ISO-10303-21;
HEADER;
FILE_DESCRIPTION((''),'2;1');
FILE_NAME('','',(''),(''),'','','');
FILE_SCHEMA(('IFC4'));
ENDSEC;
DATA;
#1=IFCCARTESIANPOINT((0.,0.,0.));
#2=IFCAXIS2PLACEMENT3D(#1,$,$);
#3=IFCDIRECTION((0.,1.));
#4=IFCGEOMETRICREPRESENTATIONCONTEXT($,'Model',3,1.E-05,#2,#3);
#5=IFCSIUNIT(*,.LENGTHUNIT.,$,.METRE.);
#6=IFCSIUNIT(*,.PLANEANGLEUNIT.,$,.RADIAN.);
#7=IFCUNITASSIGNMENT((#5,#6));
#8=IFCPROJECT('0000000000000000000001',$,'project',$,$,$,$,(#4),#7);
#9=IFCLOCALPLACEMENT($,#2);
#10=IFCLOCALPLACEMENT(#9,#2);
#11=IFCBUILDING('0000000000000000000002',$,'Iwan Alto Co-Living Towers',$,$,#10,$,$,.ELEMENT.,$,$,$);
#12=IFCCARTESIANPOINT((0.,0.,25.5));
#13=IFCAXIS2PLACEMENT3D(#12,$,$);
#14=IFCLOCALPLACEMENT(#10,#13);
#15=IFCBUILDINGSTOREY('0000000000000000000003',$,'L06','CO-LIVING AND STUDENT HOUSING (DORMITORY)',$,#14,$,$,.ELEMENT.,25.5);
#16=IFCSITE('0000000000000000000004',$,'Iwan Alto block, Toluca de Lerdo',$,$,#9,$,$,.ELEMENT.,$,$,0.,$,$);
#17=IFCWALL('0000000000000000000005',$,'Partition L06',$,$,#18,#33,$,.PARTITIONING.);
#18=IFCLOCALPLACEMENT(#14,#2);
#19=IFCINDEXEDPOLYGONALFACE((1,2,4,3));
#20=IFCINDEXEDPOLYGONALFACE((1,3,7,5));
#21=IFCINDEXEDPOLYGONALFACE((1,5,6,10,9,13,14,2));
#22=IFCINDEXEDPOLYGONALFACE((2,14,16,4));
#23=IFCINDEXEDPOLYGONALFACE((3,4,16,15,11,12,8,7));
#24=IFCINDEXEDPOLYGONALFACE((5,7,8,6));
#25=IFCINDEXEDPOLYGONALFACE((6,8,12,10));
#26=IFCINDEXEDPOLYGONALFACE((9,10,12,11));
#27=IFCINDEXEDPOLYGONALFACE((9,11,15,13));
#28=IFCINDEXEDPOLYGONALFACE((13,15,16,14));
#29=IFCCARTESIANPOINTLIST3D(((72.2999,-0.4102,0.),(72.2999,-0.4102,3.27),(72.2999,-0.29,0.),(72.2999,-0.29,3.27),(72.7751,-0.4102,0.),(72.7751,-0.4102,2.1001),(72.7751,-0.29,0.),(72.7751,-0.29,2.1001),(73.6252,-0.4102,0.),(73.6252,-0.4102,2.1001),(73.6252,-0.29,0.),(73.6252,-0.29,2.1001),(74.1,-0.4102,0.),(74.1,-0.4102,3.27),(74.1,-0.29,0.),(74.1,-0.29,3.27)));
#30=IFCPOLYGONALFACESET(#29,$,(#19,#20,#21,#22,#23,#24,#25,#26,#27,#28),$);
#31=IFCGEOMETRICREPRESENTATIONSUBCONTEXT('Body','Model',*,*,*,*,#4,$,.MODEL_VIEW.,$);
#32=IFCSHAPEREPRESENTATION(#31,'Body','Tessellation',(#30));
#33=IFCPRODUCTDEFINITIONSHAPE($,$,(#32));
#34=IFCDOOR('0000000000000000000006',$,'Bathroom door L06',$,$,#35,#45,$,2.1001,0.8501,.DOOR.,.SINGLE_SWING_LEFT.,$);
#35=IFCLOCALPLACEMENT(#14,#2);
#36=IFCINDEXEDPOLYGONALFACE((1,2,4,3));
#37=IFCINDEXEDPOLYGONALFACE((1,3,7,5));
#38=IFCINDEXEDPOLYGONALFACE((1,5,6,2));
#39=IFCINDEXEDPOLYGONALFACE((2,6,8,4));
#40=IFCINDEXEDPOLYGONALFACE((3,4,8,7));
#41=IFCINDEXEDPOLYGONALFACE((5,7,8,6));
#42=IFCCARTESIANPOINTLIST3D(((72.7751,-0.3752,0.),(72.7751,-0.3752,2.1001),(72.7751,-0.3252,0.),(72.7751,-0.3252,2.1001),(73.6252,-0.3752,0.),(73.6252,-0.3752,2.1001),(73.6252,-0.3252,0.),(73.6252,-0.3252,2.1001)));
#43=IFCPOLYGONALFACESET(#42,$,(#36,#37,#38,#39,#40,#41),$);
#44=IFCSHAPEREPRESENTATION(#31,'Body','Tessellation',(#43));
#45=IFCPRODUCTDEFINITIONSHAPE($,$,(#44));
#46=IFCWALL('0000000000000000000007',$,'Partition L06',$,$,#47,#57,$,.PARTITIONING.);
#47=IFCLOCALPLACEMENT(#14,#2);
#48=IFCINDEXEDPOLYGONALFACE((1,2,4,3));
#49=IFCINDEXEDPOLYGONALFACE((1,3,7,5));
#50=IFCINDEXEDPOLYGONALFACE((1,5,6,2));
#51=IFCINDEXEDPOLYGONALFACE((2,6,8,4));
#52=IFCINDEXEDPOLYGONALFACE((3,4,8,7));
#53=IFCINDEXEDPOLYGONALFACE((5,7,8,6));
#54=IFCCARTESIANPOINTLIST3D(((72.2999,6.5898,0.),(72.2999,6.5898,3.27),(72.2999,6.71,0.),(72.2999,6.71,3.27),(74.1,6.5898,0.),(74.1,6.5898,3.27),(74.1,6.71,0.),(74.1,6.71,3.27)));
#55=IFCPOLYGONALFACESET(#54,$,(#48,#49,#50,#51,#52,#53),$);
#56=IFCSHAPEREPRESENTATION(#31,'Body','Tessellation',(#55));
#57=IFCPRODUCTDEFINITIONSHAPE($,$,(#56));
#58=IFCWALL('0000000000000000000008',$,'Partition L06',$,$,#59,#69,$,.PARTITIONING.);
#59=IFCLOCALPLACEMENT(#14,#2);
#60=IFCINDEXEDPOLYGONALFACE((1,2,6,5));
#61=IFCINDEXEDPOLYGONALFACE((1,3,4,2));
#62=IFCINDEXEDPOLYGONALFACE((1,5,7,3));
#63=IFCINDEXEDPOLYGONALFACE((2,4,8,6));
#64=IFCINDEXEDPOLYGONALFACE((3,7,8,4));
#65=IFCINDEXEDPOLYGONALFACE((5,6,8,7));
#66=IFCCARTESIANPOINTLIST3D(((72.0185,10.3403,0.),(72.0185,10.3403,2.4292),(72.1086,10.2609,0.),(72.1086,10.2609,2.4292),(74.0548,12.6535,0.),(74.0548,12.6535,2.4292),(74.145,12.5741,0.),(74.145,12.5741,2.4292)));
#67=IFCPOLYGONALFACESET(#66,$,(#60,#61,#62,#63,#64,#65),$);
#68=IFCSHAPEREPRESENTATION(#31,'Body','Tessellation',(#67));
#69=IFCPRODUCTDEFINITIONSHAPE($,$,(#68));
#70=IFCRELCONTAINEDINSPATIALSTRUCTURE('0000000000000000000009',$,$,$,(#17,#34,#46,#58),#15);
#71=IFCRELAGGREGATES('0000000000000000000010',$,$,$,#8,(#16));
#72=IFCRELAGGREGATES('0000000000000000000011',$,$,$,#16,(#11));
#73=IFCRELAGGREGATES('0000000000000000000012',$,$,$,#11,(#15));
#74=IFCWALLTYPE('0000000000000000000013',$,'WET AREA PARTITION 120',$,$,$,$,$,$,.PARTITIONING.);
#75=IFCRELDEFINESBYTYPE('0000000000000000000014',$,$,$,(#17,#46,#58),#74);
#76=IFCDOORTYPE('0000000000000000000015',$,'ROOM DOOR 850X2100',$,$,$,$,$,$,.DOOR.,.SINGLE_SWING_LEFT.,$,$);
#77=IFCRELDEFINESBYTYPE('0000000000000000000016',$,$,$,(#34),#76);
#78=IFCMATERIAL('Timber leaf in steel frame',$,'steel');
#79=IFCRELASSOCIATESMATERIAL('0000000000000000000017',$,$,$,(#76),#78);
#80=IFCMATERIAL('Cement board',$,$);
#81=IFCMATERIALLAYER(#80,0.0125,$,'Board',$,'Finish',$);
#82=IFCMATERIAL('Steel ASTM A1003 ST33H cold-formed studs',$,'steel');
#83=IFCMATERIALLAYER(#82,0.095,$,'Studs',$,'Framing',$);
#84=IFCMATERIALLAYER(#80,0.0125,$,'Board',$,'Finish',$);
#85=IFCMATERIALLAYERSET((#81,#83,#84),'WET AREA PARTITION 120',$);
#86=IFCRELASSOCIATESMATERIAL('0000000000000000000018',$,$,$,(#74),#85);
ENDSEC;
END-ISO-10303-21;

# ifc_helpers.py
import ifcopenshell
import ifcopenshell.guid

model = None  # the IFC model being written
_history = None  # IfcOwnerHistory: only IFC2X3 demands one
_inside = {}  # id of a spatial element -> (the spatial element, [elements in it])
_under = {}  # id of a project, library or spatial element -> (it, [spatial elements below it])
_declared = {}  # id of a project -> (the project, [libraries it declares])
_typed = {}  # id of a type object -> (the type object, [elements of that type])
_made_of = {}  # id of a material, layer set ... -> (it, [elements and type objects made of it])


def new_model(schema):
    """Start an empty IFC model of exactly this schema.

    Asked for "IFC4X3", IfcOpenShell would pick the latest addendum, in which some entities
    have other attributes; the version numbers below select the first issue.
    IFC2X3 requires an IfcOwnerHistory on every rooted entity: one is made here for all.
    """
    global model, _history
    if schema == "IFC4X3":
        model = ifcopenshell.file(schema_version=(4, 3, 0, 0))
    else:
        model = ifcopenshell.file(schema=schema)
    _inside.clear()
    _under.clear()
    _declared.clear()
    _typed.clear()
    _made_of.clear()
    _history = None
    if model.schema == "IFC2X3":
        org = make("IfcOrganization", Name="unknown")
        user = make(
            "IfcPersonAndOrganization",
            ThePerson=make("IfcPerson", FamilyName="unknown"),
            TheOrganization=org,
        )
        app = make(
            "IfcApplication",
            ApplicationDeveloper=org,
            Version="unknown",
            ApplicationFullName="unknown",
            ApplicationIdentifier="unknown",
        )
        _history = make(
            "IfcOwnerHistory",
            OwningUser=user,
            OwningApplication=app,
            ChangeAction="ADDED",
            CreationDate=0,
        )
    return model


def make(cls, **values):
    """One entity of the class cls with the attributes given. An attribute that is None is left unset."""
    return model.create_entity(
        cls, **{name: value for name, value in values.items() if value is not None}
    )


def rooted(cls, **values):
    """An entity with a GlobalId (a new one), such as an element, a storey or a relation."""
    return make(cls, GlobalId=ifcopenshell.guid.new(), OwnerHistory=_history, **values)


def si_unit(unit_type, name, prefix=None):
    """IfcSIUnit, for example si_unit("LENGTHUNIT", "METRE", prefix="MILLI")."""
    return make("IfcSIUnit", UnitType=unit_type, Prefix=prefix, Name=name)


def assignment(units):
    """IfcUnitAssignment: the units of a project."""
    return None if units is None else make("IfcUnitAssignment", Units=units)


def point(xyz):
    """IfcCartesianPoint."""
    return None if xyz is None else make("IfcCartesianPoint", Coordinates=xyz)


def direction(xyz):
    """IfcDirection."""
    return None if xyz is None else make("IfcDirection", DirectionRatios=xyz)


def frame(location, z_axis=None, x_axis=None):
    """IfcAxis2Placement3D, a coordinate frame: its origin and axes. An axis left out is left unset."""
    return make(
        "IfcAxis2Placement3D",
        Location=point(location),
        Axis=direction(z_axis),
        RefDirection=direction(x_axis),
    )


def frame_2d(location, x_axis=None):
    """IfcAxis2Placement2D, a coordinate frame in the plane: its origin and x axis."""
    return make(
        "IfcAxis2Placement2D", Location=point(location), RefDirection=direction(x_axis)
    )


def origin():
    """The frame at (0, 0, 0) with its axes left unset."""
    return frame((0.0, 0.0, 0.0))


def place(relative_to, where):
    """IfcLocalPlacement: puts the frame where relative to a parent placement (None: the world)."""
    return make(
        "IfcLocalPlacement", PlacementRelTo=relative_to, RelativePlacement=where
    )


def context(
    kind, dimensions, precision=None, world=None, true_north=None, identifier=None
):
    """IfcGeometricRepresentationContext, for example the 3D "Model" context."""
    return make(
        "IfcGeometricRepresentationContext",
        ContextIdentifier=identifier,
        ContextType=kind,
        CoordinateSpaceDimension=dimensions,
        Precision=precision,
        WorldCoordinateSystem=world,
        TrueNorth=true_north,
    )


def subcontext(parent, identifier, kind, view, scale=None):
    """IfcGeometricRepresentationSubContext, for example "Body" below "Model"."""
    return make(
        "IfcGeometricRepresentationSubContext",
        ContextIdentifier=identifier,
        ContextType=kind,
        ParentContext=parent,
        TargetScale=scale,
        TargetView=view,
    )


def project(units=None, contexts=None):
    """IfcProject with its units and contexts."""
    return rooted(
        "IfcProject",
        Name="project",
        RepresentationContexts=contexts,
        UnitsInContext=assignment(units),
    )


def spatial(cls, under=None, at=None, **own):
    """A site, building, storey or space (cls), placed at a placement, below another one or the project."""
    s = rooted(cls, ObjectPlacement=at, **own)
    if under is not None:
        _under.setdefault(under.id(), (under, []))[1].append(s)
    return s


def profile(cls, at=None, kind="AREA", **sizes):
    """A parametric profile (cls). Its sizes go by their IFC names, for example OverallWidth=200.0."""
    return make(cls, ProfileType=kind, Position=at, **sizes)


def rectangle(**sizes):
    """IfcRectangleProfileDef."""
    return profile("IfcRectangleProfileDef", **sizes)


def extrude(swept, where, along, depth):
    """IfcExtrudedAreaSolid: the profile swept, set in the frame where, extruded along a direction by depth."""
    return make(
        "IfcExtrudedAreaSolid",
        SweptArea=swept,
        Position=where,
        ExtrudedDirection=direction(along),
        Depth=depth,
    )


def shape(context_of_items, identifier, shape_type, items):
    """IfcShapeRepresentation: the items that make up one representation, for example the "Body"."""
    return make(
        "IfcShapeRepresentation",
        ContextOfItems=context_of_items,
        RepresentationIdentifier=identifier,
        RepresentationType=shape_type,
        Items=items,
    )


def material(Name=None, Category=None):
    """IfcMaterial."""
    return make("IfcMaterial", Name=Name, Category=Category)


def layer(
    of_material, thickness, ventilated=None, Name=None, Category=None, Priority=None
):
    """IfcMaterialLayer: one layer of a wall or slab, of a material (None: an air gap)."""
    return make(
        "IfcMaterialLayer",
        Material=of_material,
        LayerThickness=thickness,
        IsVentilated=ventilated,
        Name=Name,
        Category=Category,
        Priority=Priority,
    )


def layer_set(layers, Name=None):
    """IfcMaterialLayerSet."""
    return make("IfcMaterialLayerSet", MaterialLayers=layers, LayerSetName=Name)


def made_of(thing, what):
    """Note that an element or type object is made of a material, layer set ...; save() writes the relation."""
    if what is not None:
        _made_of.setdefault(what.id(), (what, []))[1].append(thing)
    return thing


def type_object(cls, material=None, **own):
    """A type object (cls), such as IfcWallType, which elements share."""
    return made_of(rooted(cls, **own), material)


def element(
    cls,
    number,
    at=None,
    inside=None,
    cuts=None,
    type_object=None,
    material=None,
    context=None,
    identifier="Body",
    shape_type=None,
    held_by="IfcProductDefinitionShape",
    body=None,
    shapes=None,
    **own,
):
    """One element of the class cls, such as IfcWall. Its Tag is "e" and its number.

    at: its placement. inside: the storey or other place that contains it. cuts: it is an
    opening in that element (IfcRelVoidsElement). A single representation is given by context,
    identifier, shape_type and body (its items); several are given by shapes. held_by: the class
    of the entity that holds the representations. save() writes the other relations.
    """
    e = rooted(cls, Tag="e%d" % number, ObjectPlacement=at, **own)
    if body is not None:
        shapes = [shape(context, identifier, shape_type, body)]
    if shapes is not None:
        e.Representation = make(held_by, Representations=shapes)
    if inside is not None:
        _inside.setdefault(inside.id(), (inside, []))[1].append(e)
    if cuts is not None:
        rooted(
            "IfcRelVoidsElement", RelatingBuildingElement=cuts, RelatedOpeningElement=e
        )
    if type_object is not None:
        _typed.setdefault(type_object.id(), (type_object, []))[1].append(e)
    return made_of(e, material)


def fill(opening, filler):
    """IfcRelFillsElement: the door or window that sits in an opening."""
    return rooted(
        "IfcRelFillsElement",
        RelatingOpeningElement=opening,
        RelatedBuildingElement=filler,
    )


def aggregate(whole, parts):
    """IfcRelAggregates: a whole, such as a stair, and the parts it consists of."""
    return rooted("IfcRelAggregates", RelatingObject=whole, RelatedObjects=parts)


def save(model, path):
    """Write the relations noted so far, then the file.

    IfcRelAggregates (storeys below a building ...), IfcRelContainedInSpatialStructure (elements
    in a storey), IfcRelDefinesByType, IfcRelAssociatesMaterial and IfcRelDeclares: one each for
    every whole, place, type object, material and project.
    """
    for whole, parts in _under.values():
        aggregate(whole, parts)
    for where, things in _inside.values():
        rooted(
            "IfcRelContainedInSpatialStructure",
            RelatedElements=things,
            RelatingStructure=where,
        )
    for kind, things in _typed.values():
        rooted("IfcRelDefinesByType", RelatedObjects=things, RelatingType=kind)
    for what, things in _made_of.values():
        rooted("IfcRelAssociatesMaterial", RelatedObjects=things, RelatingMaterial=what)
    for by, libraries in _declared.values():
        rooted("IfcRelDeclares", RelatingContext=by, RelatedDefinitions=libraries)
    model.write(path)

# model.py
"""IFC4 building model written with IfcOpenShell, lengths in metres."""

from ifc_helpers import new_model, si_unit, direction, frame, frame_2d, origin, place, context, subcontext, project, spatial, rectangle, extrude, material, layer, layer_set, type_object, element, fill, save


model = new_model("IFC4")

# Units and contexts
model_context = context("Model", 3, precision=1e-05, world=origin(), true_north=direction((0.0, 1.0)))
body_context = subcontext(model_context, "Body", "Model", "MODEL_VIEW")
ifc_project = project(units=[si_unit("LENGTHUNIT", "METRE"), si_unit("PLANEANGLEUNIT", "RADIAN")], contexts=[model_context])

# Site, building, storey
site_placement = place(None, origin())
site = spatial("IfcSite", under=ifc_project, at=site_placement, Name="Iwan Alto block, Toluca de Lerdo", CompositionType="ELEMENT", RefElevation=0.0)
building_placement = place(site_placement, origin())
building = spatial("IfcBuilding", under=site, at=building_placement, Name="Iwan Alto Co-Living Towers", CompositionType="ELEMENT")
storey_placement = place(building_placement, frame((0.0, 0.0, 25.5)))
storey = spatial("IfcBuildingStorey", under=building, at=storey_placement, Name="L06", Description="CO-LIVING AND STUDENT HOUSING (DORMITORY)", CompositionType="ELEMENT", Elevation=25.5)

# Shared definitions
ifc_material_1 = material(Name="Steel ASTM A1003 ST33H cold-formed studs", Category="steel")
ifc_material_2 = material(Name="Timber leaf in steel frame", Category="steel")
door_type = type_object("IfcDoorType", Name="ROOM DOOR 850X2100", OperationType="SINGLE_SWING_LEFT", PredefinedType="DOOR", material=ifc_material_2)

# Wall, opening, door
ifc_material_3 = material(Name="Cement board")
ifc_layer_1 = layer(ifc_material_3, 0.0125, Name="Board", Category="Finish")
ifc_layer_2 = layer(ifc_material_1, 0.095, Name="Studs", Category="Framing")
ifc_layer_3 = layer(ifc_material_3, 0.0125, Name="Board", Category="Finish")
ifc_layer_set_1 = layer_set([ifc_layer_1, ifc_layer_2, ifc_layer_3], Name="WET AREA PARTITION 120")
wall_type_1 = type_object("IfcWallType", Name="WET AREA PARTITION 120", PredefinedType="PARTITIONING", material=ifc_layer_set_1)
wall_1_placement = place(storey_placement, frame((72.3, -0.3501, 0.0), z_axis=(0.0, 0.0, 1.0), x_axis=(1.0, 0.0, 0.0)))
wall_1 = element("IfcWall", 1, at=wall_1_placement, inside=storey, type_object=wall_type_1, Name="Partition L06", PredefinedType="PARTITIONING", context=body_context, shape_type="SweptSolid", body=[
    extrude(rectangle(XDim=1.8, YDim=0.1201, at=frame_2d((0.8999, 0.0))), origin(), (0.0, 0.0, 1.0), 3.27),
])
opening_1_placement = place(wall_1_placement, frame((0.4751, 0.0, 0.0)))
opening_1 = element("IfcOpeningElement", 2, at=opening_1_placement, cuts=wall_1, PredefinedType="OPENING", context=body_context, shape_type="SweptSolid", body=[
    extrude(rectangle(XDim=0.8501, YDim=2.1001, at=frame_2d((0.425, 1.05))), frame((0.0, 0.0701, 0.0), z_axis=(0.0, -1.0, 0.0), x_axis=(1.0, 0.0, 0.0)), (0.0, 0.0, 1.0), 0.1401),
])
door_1_placement = place(opening_1_placement, origin())
door_1 = element("IfcDoor", 3, at=door_1_placement, inside=storey, type_object=door_type, Name="Bathroom door L06", OperationType="SINGLE_SWING_LEFT", OverallHeight=2.1001, OverallWidth=0.8501, PredefinedType="DOOR", context=body_context, shape_type="SweptSolid", body=[
    extrude(rectangle(XDim=0.8501, YDim=2.1001, at=frame_2d((0.425, 1.05))), frame((0.0, 0.0249, 0.0), z_axis=(0.0, -1.0, 0.0), x_axis=(1.0, 0.0, 0.0)), (0.0, 0.0, 1.0), 0.05),
])
fill(opening_1, door_1)

# Walls
wall_2_placement = place(storey_placement, frame((72.3, 6.6499, 0.0), z_axis=(0.0, 0.0, 1.0), x_axis=(1.0, 0.0, 0.0)))
element("IfcWall", 4, at=wall_2_placement, inside=storey, type_object=wall_type_1, Name="Partition L06", PredefinedType="PARTITIONING", context=body_context, shape_type="SweptSolid", body=[
    extrude(rectangle(XDim=1.8, YDim=0.1201, at=frame_2d((0.8999, 0.0))), origin(), (0.0, 0.0, 1.0), 3.27),
])
wall_3_placement = place(storey_placement, frame((72.0635, 10.3005, 0.0), z_axis=(0.0, 0.0, 1.0), x_axis=(0.660762, 0.750596, 0.0)))
element("IfcWall", 5, at=wall_3_placement, inside=storey, type_object=wall_type_1, Name="Partition L06", PredefinedType="PARTITIONING", context=body_context, shape_type="SweptSolid", body=[
    extrude(rectangle(XDim=3.0818, YDim=0.1201, at=frame_2d((1.541, 0.0))), origin(), (0.0, 0.0, 1.0), 2.4292),
])

save(model, "model.ifc")
